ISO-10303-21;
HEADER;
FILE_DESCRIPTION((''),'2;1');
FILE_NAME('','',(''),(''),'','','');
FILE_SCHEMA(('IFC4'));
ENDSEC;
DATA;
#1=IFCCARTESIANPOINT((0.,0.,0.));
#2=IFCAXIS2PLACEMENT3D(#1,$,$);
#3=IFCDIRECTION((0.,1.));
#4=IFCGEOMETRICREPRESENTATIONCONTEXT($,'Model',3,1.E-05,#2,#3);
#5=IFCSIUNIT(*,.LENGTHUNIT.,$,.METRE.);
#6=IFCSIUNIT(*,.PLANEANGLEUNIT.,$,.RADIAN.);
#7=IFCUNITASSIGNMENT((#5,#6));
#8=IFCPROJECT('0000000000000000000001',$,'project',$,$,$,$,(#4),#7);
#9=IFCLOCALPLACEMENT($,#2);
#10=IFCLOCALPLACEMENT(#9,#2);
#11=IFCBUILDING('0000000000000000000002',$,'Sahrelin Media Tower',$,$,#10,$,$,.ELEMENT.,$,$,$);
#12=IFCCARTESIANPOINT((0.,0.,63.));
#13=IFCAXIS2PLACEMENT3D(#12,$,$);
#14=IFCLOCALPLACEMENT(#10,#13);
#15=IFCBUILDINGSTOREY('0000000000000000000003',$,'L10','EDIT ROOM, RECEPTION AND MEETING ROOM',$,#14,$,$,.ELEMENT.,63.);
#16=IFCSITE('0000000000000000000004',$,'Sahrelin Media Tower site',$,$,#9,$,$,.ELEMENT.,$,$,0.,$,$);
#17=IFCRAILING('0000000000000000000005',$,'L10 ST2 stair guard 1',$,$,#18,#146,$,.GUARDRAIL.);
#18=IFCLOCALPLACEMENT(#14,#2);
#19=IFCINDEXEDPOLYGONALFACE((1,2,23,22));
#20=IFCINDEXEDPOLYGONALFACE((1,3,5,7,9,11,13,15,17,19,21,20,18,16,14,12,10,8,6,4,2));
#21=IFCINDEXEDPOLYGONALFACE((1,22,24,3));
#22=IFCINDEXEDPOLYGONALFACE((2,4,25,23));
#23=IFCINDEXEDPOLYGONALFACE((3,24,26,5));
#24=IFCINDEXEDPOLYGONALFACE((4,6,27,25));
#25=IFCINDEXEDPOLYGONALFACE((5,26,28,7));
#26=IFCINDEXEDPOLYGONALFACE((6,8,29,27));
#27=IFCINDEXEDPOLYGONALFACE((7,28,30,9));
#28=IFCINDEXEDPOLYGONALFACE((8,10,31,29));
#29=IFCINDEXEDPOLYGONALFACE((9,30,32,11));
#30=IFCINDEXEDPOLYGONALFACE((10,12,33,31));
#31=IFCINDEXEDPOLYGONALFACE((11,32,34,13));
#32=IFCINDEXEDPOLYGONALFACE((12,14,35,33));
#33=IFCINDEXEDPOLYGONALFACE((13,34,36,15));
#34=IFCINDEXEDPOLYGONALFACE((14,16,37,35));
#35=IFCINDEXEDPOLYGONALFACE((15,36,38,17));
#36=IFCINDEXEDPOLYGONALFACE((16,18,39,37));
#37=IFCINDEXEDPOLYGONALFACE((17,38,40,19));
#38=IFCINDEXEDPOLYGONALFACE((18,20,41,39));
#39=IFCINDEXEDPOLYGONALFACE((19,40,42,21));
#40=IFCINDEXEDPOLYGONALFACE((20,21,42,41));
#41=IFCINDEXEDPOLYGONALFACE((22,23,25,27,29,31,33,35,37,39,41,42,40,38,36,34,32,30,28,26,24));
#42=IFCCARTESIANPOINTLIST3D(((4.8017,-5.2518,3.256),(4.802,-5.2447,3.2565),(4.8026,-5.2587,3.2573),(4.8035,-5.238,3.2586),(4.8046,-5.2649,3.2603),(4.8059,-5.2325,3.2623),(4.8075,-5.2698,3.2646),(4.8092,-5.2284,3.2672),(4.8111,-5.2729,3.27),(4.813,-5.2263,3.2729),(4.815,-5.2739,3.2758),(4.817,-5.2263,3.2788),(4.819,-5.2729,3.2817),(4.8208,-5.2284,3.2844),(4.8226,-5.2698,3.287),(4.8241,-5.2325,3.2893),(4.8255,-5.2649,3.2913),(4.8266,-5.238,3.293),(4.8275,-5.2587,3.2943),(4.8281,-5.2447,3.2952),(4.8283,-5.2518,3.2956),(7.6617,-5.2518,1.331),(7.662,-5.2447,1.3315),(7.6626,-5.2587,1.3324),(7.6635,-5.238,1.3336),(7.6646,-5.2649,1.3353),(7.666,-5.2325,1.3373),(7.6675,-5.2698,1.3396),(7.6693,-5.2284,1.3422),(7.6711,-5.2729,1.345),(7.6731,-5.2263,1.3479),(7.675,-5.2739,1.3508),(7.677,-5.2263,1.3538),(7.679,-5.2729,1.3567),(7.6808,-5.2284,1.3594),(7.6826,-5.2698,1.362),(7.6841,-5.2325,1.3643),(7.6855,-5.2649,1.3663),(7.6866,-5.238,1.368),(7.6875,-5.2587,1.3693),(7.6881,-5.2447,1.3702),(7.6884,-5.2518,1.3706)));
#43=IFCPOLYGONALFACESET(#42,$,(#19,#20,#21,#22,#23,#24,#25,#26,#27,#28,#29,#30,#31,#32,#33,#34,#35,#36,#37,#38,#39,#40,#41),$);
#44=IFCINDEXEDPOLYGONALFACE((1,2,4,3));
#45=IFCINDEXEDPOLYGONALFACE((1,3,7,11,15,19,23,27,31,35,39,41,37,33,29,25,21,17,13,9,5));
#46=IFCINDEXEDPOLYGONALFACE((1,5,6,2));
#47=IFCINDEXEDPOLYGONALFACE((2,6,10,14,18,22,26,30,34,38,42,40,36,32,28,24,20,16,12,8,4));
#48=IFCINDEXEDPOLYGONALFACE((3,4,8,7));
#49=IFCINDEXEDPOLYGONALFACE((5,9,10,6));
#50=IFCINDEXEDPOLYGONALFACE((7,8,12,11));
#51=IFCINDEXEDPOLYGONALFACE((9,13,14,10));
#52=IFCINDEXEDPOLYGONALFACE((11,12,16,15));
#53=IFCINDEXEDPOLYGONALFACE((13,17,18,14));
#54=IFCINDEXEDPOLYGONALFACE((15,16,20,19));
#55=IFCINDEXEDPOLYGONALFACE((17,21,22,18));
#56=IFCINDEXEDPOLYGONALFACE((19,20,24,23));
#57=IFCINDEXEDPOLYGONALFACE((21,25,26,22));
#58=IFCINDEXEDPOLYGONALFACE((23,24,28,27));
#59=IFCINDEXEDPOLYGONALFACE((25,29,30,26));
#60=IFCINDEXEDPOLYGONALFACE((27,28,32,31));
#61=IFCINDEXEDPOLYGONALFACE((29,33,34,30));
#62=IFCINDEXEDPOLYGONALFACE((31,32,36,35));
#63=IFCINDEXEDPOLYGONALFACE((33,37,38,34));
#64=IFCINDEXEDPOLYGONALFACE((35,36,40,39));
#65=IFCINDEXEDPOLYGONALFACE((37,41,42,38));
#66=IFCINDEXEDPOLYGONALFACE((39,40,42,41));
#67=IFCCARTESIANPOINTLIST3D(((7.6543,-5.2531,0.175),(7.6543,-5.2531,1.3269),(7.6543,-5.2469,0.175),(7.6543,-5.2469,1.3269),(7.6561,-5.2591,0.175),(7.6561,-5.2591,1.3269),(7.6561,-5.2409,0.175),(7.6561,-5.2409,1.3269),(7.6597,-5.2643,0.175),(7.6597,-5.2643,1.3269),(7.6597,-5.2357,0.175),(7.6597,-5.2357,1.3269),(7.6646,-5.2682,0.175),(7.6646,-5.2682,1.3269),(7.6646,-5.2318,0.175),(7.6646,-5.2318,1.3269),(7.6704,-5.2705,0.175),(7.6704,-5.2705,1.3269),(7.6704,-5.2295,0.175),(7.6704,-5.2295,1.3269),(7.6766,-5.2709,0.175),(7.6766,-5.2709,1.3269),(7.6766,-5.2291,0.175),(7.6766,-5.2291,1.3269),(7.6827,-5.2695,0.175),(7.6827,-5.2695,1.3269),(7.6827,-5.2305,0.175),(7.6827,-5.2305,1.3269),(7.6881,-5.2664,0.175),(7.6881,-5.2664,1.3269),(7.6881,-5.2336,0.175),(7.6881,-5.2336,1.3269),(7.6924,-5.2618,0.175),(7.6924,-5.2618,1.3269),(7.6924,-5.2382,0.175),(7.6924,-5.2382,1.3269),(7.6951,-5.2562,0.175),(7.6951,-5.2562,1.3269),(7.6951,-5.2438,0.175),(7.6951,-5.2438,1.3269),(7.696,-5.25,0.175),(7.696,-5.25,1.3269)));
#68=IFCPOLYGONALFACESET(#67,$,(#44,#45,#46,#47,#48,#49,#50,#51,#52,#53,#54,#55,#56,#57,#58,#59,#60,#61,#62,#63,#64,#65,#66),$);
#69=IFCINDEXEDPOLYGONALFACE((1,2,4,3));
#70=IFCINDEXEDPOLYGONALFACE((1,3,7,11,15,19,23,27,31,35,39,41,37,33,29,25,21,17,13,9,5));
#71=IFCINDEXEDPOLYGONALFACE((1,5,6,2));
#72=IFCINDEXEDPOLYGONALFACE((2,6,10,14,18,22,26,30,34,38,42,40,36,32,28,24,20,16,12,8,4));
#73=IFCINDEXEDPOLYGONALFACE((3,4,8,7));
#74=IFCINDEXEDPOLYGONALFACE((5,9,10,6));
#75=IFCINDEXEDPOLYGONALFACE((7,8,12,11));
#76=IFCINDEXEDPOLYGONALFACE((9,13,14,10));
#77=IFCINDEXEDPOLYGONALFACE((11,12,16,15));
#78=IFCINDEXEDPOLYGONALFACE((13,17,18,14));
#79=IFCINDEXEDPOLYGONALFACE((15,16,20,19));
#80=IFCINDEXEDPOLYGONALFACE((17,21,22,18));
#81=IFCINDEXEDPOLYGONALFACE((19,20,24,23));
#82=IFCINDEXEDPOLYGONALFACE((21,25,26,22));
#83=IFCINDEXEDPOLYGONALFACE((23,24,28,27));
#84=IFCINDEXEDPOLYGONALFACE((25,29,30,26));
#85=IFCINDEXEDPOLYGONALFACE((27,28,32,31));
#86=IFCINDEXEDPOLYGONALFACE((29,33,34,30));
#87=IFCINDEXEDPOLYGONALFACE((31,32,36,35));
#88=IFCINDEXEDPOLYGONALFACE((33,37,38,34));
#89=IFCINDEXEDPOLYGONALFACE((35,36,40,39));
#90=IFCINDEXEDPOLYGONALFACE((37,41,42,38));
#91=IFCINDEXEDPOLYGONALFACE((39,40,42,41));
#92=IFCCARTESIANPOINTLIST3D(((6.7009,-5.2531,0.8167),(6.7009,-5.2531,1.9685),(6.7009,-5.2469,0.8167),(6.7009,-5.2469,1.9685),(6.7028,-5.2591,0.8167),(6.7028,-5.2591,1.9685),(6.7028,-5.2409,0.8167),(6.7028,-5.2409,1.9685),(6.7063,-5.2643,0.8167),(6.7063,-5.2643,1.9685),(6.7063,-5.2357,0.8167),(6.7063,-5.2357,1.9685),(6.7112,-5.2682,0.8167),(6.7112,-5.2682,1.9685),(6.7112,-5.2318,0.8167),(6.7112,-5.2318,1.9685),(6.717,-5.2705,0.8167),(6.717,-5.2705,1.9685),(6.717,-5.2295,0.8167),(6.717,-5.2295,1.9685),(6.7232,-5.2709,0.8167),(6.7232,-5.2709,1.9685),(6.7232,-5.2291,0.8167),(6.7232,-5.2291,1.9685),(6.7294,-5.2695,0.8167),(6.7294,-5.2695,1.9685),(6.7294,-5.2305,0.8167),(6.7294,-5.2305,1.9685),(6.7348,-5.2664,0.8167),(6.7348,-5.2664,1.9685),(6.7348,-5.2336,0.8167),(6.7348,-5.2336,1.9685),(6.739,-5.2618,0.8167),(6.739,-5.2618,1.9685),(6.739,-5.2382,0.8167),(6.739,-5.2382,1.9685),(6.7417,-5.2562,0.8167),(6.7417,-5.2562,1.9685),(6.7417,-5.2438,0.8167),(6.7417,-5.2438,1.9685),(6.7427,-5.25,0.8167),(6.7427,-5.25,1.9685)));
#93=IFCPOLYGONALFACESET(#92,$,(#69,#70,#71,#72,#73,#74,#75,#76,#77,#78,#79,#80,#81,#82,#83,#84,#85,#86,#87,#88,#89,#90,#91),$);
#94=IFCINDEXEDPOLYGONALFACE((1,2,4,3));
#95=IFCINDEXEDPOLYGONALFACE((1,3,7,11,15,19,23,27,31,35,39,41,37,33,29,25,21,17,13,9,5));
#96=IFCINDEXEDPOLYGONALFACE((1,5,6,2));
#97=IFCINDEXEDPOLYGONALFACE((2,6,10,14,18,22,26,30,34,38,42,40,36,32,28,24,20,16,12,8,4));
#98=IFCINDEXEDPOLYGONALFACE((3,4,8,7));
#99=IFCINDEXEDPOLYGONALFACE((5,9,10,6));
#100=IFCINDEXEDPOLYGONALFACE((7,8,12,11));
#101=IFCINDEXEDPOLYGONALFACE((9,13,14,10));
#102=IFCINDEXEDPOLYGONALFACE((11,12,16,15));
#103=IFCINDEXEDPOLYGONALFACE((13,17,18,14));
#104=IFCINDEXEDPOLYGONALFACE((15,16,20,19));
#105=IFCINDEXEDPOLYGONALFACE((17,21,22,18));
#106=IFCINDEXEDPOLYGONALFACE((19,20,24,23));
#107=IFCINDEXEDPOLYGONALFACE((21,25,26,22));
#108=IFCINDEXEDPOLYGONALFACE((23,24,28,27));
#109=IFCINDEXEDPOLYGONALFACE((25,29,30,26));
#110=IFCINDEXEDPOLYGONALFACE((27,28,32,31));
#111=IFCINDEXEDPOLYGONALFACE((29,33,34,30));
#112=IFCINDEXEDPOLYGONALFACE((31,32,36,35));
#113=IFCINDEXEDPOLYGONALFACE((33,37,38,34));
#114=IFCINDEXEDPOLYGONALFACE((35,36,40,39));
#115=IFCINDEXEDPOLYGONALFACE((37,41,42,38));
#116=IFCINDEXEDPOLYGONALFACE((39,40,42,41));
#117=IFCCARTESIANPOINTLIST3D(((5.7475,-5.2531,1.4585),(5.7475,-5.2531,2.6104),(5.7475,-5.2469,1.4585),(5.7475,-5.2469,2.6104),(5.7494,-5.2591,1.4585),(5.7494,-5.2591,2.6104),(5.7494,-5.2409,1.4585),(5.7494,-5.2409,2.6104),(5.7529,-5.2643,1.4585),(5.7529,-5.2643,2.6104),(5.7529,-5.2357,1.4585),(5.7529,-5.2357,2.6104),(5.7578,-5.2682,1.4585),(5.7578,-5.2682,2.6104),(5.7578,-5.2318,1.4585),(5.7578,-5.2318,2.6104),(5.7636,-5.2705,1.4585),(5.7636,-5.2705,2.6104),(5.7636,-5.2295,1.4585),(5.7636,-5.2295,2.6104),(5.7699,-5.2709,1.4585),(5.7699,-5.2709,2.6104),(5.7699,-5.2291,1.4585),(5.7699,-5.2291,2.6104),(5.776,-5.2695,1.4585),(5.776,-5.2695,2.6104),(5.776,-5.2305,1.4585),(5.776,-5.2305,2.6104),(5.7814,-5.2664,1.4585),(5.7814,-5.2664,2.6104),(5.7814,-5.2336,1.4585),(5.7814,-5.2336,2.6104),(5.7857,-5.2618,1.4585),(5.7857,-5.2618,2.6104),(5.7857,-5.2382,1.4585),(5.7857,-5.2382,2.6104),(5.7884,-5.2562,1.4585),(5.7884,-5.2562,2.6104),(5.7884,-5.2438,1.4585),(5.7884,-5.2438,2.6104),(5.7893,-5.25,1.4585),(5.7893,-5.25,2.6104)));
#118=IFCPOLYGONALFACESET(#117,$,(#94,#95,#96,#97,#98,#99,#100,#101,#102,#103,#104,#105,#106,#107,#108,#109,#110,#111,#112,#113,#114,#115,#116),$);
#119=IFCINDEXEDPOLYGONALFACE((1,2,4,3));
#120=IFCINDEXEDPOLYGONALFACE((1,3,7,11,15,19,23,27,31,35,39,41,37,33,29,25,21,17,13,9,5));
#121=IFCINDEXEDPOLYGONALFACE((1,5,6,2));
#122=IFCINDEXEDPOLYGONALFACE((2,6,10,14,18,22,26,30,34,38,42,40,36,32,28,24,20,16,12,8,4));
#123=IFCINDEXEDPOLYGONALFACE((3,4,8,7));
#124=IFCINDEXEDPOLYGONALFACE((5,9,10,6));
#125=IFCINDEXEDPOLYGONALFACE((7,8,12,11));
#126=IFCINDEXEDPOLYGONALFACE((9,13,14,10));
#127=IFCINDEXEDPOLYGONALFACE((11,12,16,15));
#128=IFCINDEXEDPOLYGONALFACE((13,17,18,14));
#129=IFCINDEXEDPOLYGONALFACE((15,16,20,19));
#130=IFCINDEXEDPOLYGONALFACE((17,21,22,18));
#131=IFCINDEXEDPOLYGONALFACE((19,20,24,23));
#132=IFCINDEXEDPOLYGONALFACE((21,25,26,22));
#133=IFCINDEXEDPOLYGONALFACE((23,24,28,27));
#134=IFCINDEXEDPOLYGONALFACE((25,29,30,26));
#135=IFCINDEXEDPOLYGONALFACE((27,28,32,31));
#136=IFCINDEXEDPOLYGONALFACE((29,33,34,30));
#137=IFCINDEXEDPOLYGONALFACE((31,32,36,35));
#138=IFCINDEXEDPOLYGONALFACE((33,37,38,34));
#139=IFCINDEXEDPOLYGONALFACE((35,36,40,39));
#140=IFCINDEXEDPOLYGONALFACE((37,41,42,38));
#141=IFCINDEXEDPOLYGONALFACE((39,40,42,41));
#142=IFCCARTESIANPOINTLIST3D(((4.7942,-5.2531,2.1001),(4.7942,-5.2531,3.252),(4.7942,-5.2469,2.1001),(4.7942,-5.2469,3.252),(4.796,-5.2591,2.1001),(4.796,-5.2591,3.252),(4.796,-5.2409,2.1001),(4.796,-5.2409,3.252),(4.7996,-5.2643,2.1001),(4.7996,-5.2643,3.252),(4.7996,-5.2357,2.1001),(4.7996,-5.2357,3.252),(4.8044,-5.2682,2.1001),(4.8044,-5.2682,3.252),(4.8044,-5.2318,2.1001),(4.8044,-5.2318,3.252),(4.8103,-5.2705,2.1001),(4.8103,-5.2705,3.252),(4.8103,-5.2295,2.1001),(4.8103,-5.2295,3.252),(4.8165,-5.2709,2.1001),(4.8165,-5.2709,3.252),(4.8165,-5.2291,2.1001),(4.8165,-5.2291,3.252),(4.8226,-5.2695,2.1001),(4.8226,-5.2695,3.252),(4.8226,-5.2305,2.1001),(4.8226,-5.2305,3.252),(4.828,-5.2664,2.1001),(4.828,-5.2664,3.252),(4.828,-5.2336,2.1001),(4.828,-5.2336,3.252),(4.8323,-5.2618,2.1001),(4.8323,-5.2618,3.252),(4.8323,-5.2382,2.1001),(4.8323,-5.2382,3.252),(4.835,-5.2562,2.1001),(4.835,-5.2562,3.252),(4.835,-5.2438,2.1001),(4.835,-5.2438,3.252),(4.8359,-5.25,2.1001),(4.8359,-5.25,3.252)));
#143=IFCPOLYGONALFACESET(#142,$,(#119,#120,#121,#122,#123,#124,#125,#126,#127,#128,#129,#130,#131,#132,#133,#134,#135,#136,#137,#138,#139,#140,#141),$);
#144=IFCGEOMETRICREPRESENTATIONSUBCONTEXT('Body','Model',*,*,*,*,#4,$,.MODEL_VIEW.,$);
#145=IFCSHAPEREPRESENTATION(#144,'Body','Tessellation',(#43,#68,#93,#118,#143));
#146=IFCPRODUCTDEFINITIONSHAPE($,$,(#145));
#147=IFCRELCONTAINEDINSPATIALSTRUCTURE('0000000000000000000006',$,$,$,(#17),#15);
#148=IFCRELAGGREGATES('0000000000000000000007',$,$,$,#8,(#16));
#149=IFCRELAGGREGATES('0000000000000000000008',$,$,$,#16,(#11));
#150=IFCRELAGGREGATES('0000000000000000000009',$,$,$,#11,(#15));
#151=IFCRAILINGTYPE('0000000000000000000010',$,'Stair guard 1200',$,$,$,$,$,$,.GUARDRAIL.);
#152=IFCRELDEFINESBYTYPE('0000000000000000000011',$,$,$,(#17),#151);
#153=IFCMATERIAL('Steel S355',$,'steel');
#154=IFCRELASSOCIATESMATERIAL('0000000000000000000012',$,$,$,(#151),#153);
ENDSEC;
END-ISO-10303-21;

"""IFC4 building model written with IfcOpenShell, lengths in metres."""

from ifc_helpers import new_model, si_unit, direction, frame, origin, origin_2d, place, context, subcontext, project, spatial, circle, extrude, material, type_object, element, save


model = new_model("IFC4")

# Units and contexts
model_context = context("Model", 3, precision=1e-05, world=origin(), true_north=direction((0.0, 1.0)))
body_context = subcontext(model_context, "Body", "Model", "MODEL_VIEW")
ifc_project = project(units=[si_unit("LENGTHUNIT", "METRE"), si_unit("PLANEANGLEUNIT", "RADIAN")], contexts=[model_context])

# Site, building, storey
site_placement = place(None, origin())
site = spatial("IfcSite", under=ifc_project, at=site_placement, Name="Sahrelin Media Tower site", CompositionType="ELEMENT", RefElevation=0.0)
building_placement = place(site_placement, origin())
building = spatial("IfcBuilding", under=site, at=building_placement, Name="Sahrelin Media Tower", CompositionType="ELEMENT")
storey_placement = place(building_placement, frame((0.0, 0.0, 63.0)))
storey = spatial("IfcBuildingStorey", under=building, at=storey_placement, Name="L10", Description="EDIT ROOM, RECEPTION AND MEETING ROOM", CompositionType="ELEMENT", Elevation=63.0)

# Shared definitions
ifc_material_1 = material(Name="Steel S355", Category="steel")

# Railing
railing_type_1 = type_object("IfcRailingType", Name="Stair guard 1200", PredefinedType="GUARDRAIL", material=ifc_material_1)
railing_1_placement = place(storey_placement, frame((7.675, -5.25, 0.175)))
element("IfcRailing", 1, at=railing_1_placement, inside=storey, type_object=railing_type_1, Name="L10 ST2 stair guard 1", PredefinedType="GUARDRAIL", context=body_context, shape_type="SweptSolid", body=[
    extrude(circle(Radius=0.0239, at=origin_2d()), frame((0.0, 0.0, 1.1758), z_axis=(-0.829591, 0.0, 0.558372), x_axis=(0.0, -1.0, 0.0)), (0.0, 0.0, 1.0), 3.4475),
    extrude(circle(Radius=0.021, at=origin_2d()), origin(), (0.0, 0.0, 1.0), 1.1519),
    extrude(circle(Radius=0.021, at=origin_2d()), frame((-0.9534, 0.0, 0.6416)), (0.0, 0.0, 1.0), 1.1519),
    extrude(circle(Radius=0.021, at=origin_2d()), frame((-1.9067, 0.0, 1.2834)), (0.0, 0.0, 1.0), 1.1519),
    extrude(circle(Radius=0.021, at=origin_2d()), frame((-2.8601, 0.0, 1.925)), (0.0, 0.0, 1.0), 1.1519),
])

save(model, "model.ifc")
